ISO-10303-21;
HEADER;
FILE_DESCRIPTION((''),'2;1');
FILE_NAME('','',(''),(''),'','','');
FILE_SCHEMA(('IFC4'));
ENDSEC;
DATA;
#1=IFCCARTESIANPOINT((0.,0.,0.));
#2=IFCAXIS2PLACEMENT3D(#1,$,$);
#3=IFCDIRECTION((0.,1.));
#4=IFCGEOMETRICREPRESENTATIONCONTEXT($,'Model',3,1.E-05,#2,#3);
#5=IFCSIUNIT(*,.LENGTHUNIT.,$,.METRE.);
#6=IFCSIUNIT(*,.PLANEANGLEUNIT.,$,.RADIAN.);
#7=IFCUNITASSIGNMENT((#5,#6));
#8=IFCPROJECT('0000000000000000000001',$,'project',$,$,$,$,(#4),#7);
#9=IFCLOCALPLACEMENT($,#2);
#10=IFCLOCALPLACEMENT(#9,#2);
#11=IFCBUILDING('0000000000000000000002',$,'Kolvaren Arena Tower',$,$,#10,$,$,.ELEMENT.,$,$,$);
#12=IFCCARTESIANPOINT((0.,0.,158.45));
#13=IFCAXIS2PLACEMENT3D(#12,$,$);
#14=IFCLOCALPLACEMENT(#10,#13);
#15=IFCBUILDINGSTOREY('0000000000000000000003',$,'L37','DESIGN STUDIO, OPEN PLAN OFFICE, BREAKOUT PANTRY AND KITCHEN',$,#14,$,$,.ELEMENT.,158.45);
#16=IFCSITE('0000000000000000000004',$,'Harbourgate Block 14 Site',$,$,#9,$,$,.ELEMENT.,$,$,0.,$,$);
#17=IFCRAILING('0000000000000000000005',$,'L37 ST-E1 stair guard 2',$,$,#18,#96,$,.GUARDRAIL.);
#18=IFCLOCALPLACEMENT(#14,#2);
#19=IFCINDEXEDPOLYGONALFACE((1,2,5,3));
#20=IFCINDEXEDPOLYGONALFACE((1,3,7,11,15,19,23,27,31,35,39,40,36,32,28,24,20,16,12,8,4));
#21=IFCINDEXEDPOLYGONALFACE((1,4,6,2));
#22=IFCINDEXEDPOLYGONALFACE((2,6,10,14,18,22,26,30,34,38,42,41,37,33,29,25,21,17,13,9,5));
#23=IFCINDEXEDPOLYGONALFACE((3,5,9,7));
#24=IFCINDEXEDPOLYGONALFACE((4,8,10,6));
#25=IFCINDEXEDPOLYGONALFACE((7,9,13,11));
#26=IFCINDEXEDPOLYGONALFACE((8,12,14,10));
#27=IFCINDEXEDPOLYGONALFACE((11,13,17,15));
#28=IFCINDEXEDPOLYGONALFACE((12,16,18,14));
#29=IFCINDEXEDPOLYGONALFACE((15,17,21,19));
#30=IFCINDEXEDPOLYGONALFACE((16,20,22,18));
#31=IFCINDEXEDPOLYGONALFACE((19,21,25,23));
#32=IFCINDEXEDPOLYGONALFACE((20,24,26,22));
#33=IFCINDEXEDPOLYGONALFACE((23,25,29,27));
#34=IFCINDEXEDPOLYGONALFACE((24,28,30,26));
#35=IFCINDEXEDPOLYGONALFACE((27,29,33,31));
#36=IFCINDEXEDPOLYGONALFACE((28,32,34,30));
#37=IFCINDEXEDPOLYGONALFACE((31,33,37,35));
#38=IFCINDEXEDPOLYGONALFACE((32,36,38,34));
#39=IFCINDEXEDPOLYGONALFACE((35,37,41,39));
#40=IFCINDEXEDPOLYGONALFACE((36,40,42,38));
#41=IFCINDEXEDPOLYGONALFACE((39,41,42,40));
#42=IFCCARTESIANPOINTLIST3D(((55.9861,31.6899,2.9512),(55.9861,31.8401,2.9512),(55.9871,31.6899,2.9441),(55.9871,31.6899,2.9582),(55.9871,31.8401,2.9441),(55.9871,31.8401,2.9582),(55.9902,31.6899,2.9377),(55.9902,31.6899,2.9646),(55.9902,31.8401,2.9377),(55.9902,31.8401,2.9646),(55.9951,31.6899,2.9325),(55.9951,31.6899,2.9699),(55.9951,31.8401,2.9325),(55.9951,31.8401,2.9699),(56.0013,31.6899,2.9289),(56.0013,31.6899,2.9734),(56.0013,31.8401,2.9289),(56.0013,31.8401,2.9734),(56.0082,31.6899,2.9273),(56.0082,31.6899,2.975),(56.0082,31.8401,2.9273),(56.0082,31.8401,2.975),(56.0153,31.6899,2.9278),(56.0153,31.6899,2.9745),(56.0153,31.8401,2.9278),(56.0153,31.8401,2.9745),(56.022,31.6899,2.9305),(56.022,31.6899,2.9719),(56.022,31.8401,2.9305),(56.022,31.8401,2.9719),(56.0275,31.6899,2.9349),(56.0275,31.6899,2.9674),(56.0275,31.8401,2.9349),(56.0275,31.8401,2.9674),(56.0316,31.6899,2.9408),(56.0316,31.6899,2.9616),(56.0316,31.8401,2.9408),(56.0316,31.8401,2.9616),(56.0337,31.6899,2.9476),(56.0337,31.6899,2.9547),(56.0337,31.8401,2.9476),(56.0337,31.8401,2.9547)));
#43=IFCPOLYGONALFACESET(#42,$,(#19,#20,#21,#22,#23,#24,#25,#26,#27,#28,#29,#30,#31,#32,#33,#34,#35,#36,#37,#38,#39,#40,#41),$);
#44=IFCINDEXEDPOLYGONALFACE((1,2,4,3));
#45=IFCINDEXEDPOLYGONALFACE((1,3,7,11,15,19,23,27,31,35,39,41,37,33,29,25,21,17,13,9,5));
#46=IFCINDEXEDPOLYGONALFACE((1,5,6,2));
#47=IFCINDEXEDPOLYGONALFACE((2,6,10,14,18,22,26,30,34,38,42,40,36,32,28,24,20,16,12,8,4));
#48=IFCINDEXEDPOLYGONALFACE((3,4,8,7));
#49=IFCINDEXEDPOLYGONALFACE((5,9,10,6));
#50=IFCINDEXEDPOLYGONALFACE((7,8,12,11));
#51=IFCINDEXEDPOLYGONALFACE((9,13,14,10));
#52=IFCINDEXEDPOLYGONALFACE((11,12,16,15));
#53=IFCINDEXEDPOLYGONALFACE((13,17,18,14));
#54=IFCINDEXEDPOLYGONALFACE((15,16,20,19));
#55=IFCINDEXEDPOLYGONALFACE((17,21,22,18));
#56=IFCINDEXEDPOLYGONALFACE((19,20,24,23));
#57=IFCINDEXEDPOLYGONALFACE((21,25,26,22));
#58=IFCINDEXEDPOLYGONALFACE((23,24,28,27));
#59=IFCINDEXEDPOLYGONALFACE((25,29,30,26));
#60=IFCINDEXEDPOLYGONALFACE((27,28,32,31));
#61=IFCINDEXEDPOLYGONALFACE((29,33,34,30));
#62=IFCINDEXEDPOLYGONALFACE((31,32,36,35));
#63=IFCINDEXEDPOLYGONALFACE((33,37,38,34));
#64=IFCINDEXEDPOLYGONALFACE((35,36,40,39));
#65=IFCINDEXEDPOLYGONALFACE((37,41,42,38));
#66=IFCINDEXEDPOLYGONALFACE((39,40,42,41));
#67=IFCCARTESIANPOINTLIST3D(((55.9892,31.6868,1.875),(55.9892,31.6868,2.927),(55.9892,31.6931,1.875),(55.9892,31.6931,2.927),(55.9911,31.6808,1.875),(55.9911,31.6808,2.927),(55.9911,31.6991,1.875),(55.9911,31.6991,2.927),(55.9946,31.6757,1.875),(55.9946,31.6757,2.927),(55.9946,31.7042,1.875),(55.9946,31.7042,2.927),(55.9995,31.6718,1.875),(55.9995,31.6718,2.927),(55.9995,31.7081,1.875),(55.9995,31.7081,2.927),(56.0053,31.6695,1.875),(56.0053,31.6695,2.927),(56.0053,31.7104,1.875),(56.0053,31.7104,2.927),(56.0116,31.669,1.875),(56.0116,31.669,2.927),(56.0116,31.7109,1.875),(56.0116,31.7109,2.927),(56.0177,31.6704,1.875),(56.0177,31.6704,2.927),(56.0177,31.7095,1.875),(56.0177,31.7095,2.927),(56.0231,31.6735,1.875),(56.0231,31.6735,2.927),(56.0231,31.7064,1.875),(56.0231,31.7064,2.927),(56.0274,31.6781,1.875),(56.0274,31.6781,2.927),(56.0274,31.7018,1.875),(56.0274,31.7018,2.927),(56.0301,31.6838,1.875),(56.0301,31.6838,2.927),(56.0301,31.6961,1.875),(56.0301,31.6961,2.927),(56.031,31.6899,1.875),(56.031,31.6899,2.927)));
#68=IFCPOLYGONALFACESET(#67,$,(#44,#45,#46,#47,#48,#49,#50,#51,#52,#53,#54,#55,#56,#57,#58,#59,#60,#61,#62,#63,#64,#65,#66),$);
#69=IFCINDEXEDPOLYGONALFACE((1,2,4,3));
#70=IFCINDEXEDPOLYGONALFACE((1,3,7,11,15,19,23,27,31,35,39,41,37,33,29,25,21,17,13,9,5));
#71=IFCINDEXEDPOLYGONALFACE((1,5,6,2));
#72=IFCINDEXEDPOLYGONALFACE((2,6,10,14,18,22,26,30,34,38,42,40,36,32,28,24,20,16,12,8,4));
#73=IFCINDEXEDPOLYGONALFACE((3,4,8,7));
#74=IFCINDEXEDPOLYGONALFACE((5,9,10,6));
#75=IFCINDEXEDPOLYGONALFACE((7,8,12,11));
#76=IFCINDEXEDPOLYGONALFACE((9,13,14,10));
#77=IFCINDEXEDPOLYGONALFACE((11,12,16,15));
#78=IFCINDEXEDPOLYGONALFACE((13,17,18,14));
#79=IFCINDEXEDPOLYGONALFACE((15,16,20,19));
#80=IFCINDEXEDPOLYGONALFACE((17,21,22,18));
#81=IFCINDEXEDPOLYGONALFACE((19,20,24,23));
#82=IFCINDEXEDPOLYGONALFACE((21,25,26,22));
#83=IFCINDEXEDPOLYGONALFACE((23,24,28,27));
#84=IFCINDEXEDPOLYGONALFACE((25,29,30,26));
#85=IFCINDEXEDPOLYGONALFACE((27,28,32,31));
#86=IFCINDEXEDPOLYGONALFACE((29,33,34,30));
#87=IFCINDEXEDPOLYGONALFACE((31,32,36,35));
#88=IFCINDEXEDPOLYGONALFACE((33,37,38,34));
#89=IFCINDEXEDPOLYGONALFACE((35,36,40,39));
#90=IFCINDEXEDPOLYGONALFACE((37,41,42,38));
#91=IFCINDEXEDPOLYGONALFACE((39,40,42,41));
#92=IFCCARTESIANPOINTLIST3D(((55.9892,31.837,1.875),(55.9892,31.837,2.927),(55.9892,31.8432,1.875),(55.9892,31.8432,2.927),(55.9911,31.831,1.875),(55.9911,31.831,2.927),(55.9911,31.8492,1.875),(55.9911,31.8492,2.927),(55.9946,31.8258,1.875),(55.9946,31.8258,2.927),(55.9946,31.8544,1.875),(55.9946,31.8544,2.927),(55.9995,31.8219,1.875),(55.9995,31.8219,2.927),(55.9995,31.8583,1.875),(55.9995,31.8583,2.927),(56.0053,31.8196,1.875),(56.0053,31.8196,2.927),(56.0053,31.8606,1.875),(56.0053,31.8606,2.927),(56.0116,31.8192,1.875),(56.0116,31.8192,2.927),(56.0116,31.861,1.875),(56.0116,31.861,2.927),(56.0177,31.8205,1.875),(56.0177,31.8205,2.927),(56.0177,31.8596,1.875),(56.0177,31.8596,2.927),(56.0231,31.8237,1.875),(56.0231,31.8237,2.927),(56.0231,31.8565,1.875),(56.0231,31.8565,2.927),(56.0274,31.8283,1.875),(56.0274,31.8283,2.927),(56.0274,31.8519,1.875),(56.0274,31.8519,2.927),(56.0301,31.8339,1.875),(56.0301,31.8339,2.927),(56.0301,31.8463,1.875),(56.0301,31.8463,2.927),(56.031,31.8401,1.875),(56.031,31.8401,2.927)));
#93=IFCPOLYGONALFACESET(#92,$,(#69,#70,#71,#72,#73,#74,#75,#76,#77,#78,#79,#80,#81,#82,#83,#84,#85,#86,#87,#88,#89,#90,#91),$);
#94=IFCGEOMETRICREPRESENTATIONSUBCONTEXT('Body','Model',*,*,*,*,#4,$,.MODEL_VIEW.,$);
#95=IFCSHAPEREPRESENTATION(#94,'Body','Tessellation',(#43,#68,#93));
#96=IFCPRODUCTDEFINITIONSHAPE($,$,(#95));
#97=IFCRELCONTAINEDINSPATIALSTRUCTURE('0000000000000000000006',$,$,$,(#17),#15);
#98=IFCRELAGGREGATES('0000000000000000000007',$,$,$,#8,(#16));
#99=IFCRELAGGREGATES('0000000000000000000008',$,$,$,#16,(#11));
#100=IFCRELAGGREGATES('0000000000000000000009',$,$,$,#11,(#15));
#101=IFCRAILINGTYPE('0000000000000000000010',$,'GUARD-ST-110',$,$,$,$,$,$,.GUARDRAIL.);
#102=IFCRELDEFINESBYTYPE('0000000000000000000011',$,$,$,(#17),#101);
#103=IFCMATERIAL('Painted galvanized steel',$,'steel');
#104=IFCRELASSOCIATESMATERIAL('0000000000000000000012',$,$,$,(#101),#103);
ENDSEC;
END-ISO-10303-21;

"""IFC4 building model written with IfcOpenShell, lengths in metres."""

from ifc_helpers import new_model, si_unit, direction, frame, origin, origin_2d, place, context, subcontext, project, spatial, circle, extrude, material, type_object, element, save


model = new_model("IFC4")

# Units and contexts
model_context = context("Model", 3, precision=1e-05, world=origin(), true_north=direction((0.0, 1.0)))
body_context = subcontext(model_context, "Body", "Model", "MODEL_VIEW")
ifc_project = project(units=[si_unit("LENGTHUNIT", "METRE"), si_unit("PLANEANGLEUNIT", "RADIAN")], contexts=[model_context])

# Site, building, storey
site_placement = place(None, origin())
site = spatial("IfcSite", under=ifc_project, at=site_placement, Name="Harbourgate Block 14 Site", CompositionType="ELEMENT", RefElevation=0.0)
building_placement = place(site_placement, origin())
building = spatial("IfcBuilding", under=site, at=building_placement, Name="Kolvaren Arena Tower", CompositionType="ELEMENT")
storey_placement = place(building_placement, frame((0.0, 0.0, 158.45)))
storey = spatial("IfcBuildingStorey", under=building, at=storey_placement, Name="L37", Description="DESIGN STUDIO, OPEN PLAN OFFICE, BREAKOUT PANTRY AND KITCHEN", CompositionType="ELEMENT", Elevation=158.45)

# Railing
ifc_material_1 = material(Name="Painted galvanized steel", Category="steel")
railing_type_1 = type_object("IfcRailingType", Name="GUARD-ST-110", PredefinedType="GUARDRAIL", material=ifc_material_1)
railing_1_placement = place(storey_placement, frame((56.01, 31.6899, 1.875)))
element("IfcRailing", 1, at=railing_1_placement, inside=storey, type_object=railing_type_1, Name="L37 ST-E1 stair guard 2", PredefinedType="GUARDRAIL", context=body_context, shape_type="SweptSolid", body=[
    extrude(circle(Radius=0.0239, at=origin_2d()), frame((0.0, 0.0, 1.0762), z_axis=(0.0, 1.0, 0.0), x_axis=(-1.0, 0.0, 0.0)), (0.0, 0.0, 1.0), 0.1501),
    extrude(circle(Radius=0.021, at=origin_2d()), origin(), (0.0, 0.0, 1.0), 1.052),
    extrude(circle(Radius=0.021, at=origin_2d()), frame((0.0, 0.1501, 0.0)), (0.0, 0.0, 1.0), 1.052),
])

save(model, "model.ifc")
